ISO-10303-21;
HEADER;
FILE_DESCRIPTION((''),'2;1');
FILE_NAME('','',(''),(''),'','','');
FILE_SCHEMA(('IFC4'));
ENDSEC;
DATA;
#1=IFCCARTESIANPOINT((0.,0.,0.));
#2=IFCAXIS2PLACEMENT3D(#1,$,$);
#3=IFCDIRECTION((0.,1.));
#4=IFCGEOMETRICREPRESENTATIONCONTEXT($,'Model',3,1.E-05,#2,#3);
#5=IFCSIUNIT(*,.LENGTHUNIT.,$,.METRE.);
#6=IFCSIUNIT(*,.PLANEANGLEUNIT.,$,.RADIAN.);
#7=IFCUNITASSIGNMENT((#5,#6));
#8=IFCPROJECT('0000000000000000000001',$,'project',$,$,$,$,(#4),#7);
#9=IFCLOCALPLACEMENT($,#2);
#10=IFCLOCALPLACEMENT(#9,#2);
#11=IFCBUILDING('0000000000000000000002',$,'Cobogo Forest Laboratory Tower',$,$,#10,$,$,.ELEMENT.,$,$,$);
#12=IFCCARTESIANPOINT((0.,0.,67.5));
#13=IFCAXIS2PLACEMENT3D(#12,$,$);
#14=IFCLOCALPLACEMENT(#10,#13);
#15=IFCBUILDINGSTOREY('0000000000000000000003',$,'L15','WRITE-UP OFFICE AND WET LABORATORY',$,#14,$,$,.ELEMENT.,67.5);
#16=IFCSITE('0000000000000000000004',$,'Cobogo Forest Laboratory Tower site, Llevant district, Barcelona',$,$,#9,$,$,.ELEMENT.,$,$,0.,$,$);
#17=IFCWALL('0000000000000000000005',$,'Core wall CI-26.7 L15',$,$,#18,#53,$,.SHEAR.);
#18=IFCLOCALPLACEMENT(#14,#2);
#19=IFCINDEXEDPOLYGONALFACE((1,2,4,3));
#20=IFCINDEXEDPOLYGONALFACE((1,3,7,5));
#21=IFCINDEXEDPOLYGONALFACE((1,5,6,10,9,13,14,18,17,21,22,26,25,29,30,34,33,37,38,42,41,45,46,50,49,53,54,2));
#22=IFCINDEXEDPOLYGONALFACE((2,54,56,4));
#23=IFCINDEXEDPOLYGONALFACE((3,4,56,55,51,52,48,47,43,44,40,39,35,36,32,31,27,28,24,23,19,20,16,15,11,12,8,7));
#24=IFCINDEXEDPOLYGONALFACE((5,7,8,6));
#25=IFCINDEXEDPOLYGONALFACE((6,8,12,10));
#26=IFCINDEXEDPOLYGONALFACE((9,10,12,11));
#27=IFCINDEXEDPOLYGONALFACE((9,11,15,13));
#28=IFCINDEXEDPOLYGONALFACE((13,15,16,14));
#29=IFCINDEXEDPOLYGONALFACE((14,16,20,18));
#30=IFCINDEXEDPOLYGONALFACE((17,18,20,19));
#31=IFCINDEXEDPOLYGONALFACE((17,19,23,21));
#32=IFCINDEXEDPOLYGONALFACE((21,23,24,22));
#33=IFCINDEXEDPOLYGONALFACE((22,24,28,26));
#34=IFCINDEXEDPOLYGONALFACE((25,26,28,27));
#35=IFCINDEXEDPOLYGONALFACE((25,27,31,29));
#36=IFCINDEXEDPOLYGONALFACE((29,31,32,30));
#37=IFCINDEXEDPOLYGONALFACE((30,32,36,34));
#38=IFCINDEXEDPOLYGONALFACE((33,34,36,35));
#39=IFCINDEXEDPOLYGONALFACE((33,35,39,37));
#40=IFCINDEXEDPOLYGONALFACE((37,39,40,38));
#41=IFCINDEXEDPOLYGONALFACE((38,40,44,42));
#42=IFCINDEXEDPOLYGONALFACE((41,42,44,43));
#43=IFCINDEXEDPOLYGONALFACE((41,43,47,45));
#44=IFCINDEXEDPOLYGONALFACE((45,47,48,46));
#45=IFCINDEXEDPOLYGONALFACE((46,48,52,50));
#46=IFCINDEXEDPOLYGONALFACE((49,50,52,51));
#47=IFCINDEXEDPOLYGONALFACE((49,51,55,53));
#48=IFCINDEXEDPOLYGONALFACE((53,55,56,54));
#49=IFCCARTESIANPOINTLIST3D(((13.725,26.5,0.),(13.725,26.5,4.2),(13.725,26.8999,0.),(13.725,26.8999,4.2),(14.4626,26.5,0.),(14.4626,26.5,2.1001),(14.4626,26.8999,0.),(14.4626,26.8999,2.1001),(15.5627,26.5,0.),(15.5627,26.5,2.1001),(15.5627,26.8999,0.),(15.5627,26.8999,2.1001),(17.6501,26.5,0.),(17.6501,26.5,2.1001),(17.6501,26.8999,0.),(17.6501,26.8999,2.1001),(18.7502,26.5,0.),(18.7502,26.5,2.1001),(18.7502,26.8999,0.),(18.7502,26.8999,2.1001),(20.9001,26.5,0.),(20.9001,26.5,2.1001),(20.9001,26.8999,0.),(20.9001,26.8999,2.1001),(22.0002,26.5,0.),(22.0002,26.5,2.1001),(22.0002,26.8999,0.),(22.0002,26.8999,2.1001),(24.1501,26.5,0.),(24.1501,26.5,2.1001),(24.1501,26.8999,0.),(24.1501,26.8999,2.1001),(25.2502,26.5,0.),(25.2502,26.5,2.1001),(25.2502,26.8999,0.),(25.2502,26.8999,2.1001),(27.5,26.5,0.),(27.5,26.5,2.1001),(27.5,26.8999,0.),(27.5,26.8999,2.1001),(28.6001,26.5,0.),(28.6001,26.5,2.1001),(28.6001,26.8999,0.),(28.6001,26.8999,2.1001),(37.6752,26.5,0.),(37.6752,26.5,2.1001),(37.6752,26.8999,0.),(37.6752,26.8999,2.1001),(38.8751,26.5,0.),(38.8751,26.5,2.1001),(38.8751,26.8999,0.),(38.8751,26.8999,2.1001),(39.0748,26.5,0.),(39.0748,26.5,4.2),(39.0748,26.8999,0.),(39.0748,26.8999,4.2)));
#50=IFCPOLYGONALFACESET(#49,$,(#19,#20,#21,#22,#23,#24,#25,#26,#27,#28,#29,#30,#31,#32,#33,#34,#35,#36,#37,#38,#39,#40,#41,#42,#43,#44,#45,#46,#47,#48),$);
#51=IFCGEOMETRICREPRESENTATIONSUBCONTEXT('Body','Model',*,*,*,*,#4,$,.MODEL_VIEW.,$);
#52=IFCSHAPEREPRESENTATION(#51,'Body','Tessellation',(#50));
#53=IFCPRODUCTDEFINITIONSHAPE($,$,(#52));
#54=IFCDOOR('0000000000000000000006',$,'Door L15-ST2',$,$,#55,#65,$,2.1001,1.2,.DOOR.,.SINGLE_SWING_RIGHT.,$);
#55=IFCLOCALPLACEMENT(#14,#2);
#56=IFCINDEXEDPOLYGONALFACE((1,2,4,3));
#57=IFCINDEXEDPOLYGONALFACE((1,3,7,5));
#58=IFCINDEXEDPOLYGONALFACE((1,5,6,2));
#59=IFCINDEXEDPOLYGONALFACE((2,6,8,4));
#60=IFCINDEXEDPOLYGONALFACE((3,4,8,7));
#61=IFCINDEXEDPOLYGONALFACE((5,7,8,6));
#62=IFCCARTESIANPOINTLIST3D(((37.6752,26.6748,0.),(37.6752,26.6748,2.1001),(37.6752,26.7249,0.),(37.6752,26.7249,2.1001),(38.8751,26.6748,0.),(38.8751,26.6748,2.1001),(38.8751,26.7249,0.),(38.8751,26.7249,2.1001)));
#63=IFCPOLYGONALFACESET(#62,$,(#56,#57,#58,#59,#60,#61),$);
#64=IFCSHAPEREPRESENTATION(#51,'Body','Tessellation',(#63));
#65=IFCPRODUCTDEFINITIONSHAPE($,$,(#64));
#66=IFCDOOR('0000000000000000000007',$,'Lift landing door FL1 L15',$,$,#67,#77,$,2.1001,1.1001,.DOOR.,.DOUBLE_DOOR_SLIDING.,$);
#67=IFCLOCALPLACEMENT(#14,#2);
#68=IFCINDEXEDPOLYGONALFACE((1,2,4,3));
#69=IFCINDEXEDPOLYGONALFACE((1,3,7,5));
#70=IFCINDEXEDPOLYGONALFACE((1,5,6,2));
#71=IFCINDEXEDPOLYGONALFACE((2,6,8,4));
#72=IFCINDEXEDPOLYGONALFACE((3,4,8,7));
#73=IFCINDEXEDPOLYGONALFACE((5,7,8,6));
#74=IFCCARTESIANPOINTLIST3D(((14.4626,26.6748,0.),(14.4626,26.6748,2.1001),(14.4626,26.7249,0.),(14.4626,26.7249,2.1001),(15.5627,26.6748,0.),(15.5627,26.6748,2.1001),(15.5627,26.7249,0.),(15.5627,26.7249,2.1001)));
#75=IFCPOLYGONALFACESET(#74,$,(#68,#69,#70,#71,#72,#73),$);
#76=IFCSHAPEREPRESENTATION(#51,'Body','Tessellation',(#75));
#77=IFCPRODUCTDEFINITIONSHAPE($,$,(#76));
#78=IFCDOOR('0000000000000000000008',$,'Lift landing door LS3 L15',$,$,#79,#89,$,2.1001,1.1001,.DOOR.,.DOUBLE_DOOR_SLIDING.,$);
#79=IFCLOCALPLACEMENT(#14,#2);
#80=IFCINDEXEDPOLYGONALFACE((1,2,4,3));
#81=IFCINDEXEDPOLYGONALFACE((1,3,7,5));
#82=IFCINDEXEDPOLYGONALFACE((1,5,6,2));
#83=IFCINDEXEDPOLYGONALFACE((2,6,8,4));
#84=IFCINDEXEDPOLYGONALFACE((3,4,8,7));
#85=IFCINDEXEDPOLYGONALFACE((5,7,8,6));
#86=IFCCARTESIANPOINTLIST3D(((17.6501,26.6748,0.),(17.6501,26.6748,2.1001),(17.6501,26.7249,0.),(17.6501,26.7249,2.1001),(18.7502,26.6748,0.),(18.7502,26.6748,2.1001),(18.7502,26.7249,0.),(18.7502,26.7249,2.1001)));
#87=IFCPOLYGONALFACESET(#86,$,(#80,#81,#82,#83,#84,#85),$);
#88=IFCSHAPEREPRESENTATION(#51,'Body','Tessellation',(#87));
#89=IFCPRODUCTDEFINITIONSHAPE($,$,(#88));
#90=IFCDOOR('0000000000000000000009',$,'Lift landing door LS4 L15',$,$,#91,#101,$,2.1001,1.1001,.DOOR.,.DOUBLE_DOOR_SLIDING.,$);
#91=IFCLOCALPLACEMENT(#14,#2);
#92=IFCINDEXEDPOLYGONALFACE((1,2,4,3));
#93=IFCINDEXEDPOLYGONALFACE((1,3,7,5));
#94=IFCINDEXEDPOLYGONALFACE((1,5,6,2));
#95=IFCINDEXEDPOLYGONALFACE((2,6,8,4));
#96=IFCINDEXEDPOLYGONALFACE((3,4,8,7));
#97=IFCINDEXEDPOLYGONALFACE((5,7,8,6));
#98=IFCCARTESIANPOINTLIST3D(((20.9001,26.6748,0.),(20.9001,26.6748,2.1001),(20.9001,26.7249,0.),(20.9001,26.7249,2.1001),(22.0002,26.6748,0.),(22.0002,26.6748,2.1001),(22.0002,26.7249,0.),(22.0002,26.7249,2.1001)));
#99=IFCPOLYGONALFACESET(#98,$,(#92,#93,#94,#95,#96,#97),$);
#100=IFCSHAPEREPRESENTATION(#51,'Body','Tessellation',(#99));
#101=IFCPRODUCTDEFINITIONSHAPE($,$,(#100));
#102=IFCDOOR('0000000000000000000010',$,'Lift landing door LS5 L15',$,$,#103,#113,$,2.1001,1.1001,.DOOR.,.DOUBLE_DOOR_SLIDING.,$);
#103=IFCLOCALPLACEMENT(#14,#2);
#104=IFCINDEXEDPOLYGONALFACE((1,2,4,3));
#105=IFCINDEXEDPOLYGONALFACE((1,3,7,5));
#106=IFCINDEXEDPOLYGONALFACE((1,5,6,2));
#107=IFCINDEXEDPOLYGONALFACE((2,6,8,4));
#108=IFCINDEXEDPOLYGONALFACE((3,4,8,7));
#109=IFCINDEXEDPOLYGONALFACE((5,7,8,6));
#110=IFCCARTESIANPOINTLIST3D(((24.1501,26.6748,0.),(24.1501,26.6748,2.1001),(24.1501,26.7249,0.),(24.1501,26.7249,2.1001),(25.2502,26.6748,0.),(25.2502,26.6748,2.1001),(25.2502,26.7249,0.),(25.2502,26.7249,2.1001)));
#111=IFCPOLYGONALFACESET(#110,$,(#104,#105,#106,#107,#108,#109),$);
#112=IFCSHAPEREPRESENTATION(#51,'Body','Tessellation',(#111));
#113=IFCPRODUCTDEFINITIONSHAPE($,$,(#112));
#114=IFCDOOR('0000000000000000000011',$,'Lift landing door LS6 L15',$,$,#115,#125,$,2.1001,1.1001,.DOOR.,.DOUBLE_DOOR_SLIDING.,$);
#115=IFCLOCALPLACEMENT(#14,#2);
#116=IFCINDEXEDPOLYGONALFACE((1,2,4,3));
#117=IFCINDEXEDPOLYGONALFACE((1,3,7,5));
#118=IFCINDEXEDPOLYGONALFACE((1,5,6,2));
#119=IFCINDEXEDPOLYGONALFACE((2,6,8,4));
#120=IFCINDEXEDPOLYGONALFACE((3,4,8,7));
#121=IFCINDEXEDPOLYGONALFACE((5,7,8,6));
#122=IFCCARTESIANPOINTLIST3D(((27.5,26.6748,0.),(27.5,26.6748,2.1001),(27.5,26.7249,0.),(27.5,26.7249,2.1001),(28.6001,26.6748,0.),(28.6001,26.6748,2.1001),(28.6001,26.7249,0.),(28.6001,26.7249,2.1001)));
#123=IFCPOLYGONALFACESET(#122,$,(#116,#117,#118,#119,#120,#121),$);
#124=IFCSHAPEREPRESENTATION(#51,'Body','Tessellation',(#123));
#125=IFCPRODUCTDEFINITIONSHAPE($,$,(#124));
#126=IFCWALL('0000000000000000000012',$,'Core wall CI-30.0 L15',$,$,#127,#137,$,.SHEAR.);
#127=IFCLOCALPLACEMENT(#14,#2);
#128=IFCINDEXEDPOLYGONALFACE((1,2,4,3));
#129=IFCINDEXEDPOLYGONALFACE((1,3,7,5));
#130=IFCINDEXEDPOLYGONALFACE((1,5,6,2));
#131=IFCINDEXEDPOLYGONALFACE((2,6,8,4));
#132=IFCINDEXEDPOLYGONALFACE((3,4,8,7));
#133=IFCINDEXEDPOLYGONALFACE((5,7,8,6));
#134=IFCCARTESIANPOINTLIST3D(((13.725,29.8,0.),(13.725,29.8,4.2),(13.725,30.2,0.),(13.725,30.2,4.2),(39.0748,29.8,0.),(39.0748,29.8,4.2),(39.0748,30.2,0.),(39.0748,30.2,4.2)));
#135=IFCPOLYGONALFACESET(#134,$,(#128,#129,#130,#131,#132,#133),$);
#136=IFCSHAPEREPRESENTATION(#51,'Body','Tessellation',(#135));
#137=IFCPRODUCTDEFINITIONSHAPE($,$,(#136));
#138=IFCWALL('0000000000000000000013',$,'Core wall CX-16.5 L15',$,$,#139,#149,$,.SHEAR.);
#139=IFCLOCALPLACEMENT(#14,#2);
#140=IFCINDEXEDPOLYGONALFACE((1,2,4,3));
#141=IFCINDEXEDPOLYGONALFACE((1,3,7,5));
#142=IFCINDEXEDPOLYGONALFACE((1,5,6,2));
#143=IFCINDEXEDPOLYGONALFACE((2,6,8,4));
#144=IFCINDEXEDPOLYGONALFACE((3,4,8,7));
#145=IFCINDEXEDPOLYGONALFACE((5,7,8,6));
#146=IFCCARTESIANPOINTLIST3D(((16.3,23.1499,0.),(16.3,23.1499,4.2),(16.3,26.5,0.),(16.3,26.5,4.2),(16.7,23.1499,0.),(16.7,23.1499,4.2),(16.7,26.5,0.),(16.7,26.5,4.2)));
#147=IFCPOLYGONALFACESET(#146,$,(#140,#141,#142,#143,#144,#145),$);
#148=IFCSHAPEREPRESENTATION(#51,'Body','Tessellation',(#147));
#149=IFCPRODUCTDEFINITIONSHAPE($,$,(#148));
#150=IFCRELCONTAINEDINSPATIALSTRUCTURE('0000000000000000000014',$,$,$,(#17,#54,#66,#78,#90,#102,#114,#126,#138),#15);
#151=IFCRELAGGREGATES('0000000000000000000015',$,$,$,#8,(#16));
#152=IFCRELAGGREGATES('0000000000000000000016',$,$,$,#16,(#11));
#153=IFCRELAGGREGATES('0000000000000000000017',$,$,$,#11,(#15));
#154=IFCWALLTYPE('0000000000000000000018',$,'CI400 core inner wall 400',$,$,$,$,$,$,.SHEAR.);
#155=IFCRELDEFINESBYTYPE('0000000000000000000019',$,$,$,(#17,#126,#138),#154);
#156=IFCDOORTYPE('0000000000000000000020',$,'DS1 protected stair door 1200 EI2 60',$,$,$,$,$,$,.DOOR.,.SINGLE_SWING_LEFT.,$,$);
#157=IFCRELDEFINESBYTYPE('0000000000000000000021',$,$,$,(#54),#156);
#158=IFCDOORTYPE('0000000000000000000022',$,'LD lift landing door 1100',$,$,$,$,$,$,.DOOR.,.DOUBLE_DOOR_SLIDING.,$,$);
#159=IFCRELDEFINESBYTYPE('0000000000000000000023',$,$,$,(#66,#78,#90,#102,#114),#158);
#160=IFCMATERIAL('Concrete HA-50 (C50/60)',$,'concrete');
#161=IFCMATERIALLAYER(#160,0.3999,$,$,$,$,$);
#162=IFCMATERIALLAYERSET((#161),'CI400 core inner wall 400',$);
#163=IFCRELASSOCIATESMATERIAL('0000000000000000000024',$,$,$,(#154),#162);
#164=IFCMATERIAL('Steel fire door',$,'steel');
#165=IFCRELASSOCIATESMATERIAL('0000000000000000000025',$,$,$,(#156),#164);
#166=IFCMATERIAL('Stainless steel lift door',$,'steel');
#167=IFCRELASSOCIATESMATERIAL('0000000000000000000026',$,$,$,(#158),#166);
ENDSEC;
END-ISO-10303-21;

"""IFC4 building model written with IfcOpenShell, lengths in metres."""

from ifc_helpers import new_model, si_unit, direction, frame, frame_2d, origin, place, context, subcontext, project, spatial, rectangle, extrude, material, layer, layer_set, type_object, element, fill, save


model = new_model("IFC4")

# Units and contexts
model_context = context("Model", 3, precision=1e-05, world=origin(), true_north=direction((0.0, 1.0)))
body_context = subcontext(model_context, "Body", "Model", "MODEL_VIEW")
ifc_project = project(units=[si_unit("LENGTHUNIT", "METRE"), si_unit("PLANEANGLEUNIT", "RADIAN")], contexts=[model_context])

# Site, building, storey
site_placement = place(None, origin())
site = spatial("IfcSite", under=ifc_project, at=site_placement, Name="Cobogo Forest Laboratory Tower site, Llevant district, Barcelona", CompositionType="ELEMENT", RefElevation=0.0)
building_placement = place(site_placement, origin())
building = spatial("IfcBuilding", under=site, at=building_placement, Name="Cobogo Forest Laboratory Tower", CompositionType="ELEMENT")
storey_placement = place(building_placement, frame((0.0, 0.0, 67.5)))
storey = spatial("IfcBuildingStorey", under=building, at=storey_placement, Name="L15", Description="WRITE-UP OFFICE AND WET LABORATORY", CompositionType="ELEMENT", Elevation=67.5)

# Shared definitions
ifc_material_1 = material(Name="Concrete HA-50 (C50/60)", Category="concrete")

# Wall, openings, doors
ifc_layer_1 = layer(ifc_material_1, 0.3999)
ifc_layer_set_1 = layer_set([ifc_layer_1], Name="CI400 core inner wall 400")
wall_type_1 = type_object("IfcWallType", Name="CI400 core inner wall 400", PredefinedType="SHEAR", material=ifc_layer_set_1)
wall_1_placement = place(storey_placement, frame((13.7251, 26.7, 0.0), z_axis=(0.0, 0.0, 1.0), x_axis=(1.0, 0.0, 0.0)))
wall_1 = element("IfcWall", 1, at=wall_1_placement, inside=storey, type_object=wall_type_1, Name="Core wall CI-26.7 L15", PredefinedType="SHEAR", context=body_context, shape_type="SweptSolid", body=[
    extrude(rectangle(XDim=25.3499, YDim=0.3999, at=frame_2d((12.6748, 0.0))), origin(), (0.0, 0.0, 1.0), 4.2),
])
opening_1_placement = place(wall_1_placement, frame((23.95, 0.0, 0.0)))
opening_1 = element("IfcOpeningElement", 2, at=opening_1_placement, cuts=wall_1, PredefinedType="OPENING", context=body_context, shape_type="SweptSolid", body=[
    extrude(rectangle(XDim=1.2, YDim=2.1001, at=frame_2d((0.6001, 1.05))), frame((0.0, 0.21, 0.0), z_axis=(0.0, -1.0, 0.0), x_axis=(1.0, 0.0, 0.0)), (0.0, 0.0, 1.0), 0.4199),
])
opening_2_placement = place(wall_1_placement, frame((0.7375, 0.0, 0.0)))
opening_2 = element("IfcOpeningElement", 3, at=opening_2_placement, cuts=wall_1, PredefinedType="OPENING", context=body_context, shape_type="SweptSolid", body=[
    extrude(rectangle(XDim=1.1001, YDim=2.1001, at=frame_2d((0.55, 1.05))), frame((0.0, 0.21, 0.0), z_axis=(0.0, -1.0, 0.0), x_axis=(1.0, 0.0, 0.0)), (0.0, 0.0, 1.0), 0.4199),
])
opening_3_placement = place(wall_1_placement, frame((3.925, 0.0, 0.0)))
opening_3 = element("IfcOpeningElement", 4, at=opening_3_placement, cuts=wall_1, PredefinedType="OPENING", context=body_context, shape_type="SweptSolid", body=[
    extrude(rectangle(XDim=1.1001, YDim=2.1001, at=frame_2d((0.55, 1.05))), frame((0.0, 0.21, 0.0), z_axis=(0.0, -1.0, 0.0), x_axis=(1.0, 0.0, 0.0)), (0.0, 0.0, 1.0), 0.4199),
])
opening_4_placement = place(wall_1_placement, frame((7.175, 0.0, 0.0)))
opening_4 = element("IfcOpeningElement", 5, at=opening_4_placement, cuts=wall_1, PredefinedType="OPENING", context=body_context, shape_type="SweptSolid", body=[
    extrude(rectangle(XDim=1.1001, YDim=2.1001, at=frame_2d((0.55, 1.05))), frame((0.0, 0.21, 0.0), z_axis=(0.0, -1.0, 0.0), x_axis=(1.0, 0.0, 0.0)), (0.0, 0.0, 1.0), 0.4199),
])
opening_5_placement = place(wall_1_placement, frame((10.425, 0.0, 0.0)))
opening_5 = element("IfcOpeningElement", 6, at=opening_5_placement, cuts=wall_1, PredefinedType="OPENING", context=body_context, shape_type="SweptSolid", body=[
    extrude(rectangle(XDim=1.1001, YDim=2.1001, at=frame_2d((0.55, 1.05))), frame((0.0, 0.21, 0.0), z_axis=(0.0, -1.0, 0.0), x_axis=(1.0, 0.0, 0.0)), (0.0, 0.0, 1.0), 0.4199),
])
opening_6_placement = place(wall_1_placement, frame((13.7749, 0.0, 0.0)))
opening_6 = element("IfcOpeningElement", 7, at=opening_6_placement, cuts=wall_1, PredefinedType="OPENING", context=body_context, shape_type="SweptSolid", body=[
    extrude(rectangle(XDim=1.1001, YDim=2.1001, at=frame_2d((0.55, 1.05))), frame((0.0, 0.21, 0.0), z_axis=(0.0, -1.0, 0.0), x_axis=(1.0, 0.0, 0.0)), (0.0, 0.0, 1.0), 0.4199),
])
ifc_material_2 = material(Name="Steel fire door", Category="steel")
door_type_1 = type_object("IfcDoorType", Name="DS1 protected stair door 1200 EI2 60", OperationType="SINGLE_SWING_LEFT", PredefinedType="DOOR", material=ifc_material_2)
door_1_placement = place(opening_1_placement, origin())
door_1 = element("IfcDoor", 8, at=door_1_placement, inside=storey, type_object=door_type_1, Name="Door L15-ST2", OperationType="SINGLE_SWING_RIGHT", OverallHeight=2.1001, OverallWidth=1.2, PredefinedType="DOOR", context=body_context, shape_type="SweptSolid", body=[
    extrude(rectangle(XDim=1.2, YDim=2.1001, at=frame_2d((0.6001, 1.05))), frame((0.0, 0.0249, 0.0), z_axis=(0.0, -1.0, 0.0), x_axis=(1.0, 0.0, 0.0)), (0.0, 0.0, 1.0), 0.05),
])
fill(opening_1, door_1)
ifc_material_3 = material(Name="Stainless steel lift door", Category="steel")
door_type_2 = type_object("IfcDoorType", Name="LD lift landing door 1100", OperationType="DOUBLE_DOOR_SLIDING", PredefinedType="DOOR", material=ifc_material_3)
door_2_placement = place(opening_2_placement, origin())
door_2 = element("IfcDoor", 9, at=door_2_placement, inside=storey, type_object=door_type_2, Name="Lift landing door FL1 L15", OperationType="DOUBLE_DOOR_SLIDING", OverallHeight=2.1001, OverallWidth=1.1001, PredefinedType="DOOR", context=body_context, shape_type="SweptSolid", body=[
    extrude(rectangle(XDim=1.1001, YDim=2.1001, at=frame_2d((0.55, 1.05))), frame((0.0, 0.0249, 0.0), z_axis=(0.0, -1.0, 0.0), x_axis=(1.0, 0.0, 0.0)), (0.0, 0.0, 1.0), 0.05),
])
fill(opening_2, door_2)
door_3_placement = place(opening_3_placement, origin())
door_3 = element("IfcDoor", 10, at=door_3_placement, inside=storey, type_object=door_type_2, Name="Lift landing door LS3 L15", OperationType="DOUBLE_DOOR_SLIDING", OverallHeight=2.1001, OverallWidth=1.1001, PredefinedType="DOOR", context=body_context, shape_type="SweptSolid", body=[
    extrude(rectangle(XDim=1.1001, YDim=2.1001, at=frame_2d((0.55, 1.05))), frame((0.0, 0.0249, 0.0), z_axis=(0.0, -1.0, 0.0), x_axis=(1.0, 0.0, 0.0)), (0.0, 0.0, 1.0), 0.05),
])
fill(opening_3, door_3)
door_4_placement = place(opening_4_placement, origin())
door_4 = element("IfcDoor", 11, at=door_4_placement, inside=storey, type_object=door_type_2, Name="Lift landing door LS4 L15", OperationType="DOUBLE_DOOR_SLIDING", OverallHeight=2.1001, OverallWidth=1.1001, PredefinedType="DOOR", context=body_context, shape_type="SweptSolid", body=[
    extrude(rectangle(XDim=1.1001, YDim=2.1001, at=frame_2d((0.55, 1.05))), frame((0.0, 0.0249, 0.0), z_axis=(0.0, -1.0, 0.0), x_axis=(1.0, 0.0, 0.0)), (0.0, 0.0, 1.0), 0.05),
])
fill(opening_4, door_4)
door_5_placement = place(opening_5_placement, origin())
door_5 = element("IfcDoor", 12, at=door_5_placement, inside=storey, type_object=door_type_2, Name="Lift landing door LS5 L15", OperationType="DOUBLE_DOOR_SLIDING", OverallHeight=2.1001, OverallWidth=1.1001, PredefinedType="DOOR", context=body_context, shape_type="SweptSolid", body=[
    extrude(rectangle(XDim=1.1001, YDim=2.1001, at=frame_2d((0.55, 1.05))), frame((0.0, 0.0249, 0.0), z_axis=(0.0, -1.0, 0.0), x_axis=(1.0, 0.0, 0.0)), (0.0, 0.0, 1.0), 0.05),
])
fill(opening_5, door_5)
door_6_placement = place(opening_6_placement, origin())
door_6 = element("IfcDoor", 13, at=door_6_placement, inside=storey, type_object=door_type_2, Name="Lift landing door LS6 L15", OperationType="DOUBLE_DOOR_SLIDING", OverallHeight=2.1001, OverallWidth=1.1001, PredefinedType="DOOR", context=body_context, shape_type="SweptSolid", body=[
    extrude(rectangle(XDim=1.1001, YDim=2.1001, at=frame_2d((0.55, 1.05))), frame((0.0, 0.0249, 0.0), z_axis=(0.0, -1.0, 0.0), x_axis=(1.0, 0.0, 0.0)), (0.0, 0.0, 1.0), 0.05),
])
fill(opening_6, door_6)

# Walls
wall_2_placement = place(storey_placement, frame((13.7251, 30.0, 0.0), z_axis=(0.0, 0.0, 1.0), x_axis=(1.0, 0.0, 0.0)))
element("IfcWall", 14, at=wall_2_placement, inside=storey, type_object=wall_type_1, Name="Core wall CI-30.0 L15", PredefinedType="SHEAR", context=body_context, shape_type="SweptSolid", body=[
    extrude(rectangle(XDim=25.3499, YDim=0.3999, at=frame_2d((12.6748, 0.0))), origin(), (0.0, 0.0, 1.0), 4.2),
])
wall_3_placement = place(storey_placement, frame((16.5, 23.1499, 0.0), z_axis=(0.0, 0.0, 1.0), x_axis=(0.0, 1.0, 0.0)))
element("IfcWall", 15, at=wall_3_placement, inside=storey, type_object=wall_type_1, Name="Core wall CX-16.5 L15", PredefinedType="SHEAR", context=body_context, shape_type="SweptSolid", body=[
    extrude(rectangle(XDim=3.3501, YDim=0.3999, at=frame_2d((1.675, 0.0))), origin(), (0.0, 0.0, 1.0), 4.2),
])

save(model, "model.ifc")
